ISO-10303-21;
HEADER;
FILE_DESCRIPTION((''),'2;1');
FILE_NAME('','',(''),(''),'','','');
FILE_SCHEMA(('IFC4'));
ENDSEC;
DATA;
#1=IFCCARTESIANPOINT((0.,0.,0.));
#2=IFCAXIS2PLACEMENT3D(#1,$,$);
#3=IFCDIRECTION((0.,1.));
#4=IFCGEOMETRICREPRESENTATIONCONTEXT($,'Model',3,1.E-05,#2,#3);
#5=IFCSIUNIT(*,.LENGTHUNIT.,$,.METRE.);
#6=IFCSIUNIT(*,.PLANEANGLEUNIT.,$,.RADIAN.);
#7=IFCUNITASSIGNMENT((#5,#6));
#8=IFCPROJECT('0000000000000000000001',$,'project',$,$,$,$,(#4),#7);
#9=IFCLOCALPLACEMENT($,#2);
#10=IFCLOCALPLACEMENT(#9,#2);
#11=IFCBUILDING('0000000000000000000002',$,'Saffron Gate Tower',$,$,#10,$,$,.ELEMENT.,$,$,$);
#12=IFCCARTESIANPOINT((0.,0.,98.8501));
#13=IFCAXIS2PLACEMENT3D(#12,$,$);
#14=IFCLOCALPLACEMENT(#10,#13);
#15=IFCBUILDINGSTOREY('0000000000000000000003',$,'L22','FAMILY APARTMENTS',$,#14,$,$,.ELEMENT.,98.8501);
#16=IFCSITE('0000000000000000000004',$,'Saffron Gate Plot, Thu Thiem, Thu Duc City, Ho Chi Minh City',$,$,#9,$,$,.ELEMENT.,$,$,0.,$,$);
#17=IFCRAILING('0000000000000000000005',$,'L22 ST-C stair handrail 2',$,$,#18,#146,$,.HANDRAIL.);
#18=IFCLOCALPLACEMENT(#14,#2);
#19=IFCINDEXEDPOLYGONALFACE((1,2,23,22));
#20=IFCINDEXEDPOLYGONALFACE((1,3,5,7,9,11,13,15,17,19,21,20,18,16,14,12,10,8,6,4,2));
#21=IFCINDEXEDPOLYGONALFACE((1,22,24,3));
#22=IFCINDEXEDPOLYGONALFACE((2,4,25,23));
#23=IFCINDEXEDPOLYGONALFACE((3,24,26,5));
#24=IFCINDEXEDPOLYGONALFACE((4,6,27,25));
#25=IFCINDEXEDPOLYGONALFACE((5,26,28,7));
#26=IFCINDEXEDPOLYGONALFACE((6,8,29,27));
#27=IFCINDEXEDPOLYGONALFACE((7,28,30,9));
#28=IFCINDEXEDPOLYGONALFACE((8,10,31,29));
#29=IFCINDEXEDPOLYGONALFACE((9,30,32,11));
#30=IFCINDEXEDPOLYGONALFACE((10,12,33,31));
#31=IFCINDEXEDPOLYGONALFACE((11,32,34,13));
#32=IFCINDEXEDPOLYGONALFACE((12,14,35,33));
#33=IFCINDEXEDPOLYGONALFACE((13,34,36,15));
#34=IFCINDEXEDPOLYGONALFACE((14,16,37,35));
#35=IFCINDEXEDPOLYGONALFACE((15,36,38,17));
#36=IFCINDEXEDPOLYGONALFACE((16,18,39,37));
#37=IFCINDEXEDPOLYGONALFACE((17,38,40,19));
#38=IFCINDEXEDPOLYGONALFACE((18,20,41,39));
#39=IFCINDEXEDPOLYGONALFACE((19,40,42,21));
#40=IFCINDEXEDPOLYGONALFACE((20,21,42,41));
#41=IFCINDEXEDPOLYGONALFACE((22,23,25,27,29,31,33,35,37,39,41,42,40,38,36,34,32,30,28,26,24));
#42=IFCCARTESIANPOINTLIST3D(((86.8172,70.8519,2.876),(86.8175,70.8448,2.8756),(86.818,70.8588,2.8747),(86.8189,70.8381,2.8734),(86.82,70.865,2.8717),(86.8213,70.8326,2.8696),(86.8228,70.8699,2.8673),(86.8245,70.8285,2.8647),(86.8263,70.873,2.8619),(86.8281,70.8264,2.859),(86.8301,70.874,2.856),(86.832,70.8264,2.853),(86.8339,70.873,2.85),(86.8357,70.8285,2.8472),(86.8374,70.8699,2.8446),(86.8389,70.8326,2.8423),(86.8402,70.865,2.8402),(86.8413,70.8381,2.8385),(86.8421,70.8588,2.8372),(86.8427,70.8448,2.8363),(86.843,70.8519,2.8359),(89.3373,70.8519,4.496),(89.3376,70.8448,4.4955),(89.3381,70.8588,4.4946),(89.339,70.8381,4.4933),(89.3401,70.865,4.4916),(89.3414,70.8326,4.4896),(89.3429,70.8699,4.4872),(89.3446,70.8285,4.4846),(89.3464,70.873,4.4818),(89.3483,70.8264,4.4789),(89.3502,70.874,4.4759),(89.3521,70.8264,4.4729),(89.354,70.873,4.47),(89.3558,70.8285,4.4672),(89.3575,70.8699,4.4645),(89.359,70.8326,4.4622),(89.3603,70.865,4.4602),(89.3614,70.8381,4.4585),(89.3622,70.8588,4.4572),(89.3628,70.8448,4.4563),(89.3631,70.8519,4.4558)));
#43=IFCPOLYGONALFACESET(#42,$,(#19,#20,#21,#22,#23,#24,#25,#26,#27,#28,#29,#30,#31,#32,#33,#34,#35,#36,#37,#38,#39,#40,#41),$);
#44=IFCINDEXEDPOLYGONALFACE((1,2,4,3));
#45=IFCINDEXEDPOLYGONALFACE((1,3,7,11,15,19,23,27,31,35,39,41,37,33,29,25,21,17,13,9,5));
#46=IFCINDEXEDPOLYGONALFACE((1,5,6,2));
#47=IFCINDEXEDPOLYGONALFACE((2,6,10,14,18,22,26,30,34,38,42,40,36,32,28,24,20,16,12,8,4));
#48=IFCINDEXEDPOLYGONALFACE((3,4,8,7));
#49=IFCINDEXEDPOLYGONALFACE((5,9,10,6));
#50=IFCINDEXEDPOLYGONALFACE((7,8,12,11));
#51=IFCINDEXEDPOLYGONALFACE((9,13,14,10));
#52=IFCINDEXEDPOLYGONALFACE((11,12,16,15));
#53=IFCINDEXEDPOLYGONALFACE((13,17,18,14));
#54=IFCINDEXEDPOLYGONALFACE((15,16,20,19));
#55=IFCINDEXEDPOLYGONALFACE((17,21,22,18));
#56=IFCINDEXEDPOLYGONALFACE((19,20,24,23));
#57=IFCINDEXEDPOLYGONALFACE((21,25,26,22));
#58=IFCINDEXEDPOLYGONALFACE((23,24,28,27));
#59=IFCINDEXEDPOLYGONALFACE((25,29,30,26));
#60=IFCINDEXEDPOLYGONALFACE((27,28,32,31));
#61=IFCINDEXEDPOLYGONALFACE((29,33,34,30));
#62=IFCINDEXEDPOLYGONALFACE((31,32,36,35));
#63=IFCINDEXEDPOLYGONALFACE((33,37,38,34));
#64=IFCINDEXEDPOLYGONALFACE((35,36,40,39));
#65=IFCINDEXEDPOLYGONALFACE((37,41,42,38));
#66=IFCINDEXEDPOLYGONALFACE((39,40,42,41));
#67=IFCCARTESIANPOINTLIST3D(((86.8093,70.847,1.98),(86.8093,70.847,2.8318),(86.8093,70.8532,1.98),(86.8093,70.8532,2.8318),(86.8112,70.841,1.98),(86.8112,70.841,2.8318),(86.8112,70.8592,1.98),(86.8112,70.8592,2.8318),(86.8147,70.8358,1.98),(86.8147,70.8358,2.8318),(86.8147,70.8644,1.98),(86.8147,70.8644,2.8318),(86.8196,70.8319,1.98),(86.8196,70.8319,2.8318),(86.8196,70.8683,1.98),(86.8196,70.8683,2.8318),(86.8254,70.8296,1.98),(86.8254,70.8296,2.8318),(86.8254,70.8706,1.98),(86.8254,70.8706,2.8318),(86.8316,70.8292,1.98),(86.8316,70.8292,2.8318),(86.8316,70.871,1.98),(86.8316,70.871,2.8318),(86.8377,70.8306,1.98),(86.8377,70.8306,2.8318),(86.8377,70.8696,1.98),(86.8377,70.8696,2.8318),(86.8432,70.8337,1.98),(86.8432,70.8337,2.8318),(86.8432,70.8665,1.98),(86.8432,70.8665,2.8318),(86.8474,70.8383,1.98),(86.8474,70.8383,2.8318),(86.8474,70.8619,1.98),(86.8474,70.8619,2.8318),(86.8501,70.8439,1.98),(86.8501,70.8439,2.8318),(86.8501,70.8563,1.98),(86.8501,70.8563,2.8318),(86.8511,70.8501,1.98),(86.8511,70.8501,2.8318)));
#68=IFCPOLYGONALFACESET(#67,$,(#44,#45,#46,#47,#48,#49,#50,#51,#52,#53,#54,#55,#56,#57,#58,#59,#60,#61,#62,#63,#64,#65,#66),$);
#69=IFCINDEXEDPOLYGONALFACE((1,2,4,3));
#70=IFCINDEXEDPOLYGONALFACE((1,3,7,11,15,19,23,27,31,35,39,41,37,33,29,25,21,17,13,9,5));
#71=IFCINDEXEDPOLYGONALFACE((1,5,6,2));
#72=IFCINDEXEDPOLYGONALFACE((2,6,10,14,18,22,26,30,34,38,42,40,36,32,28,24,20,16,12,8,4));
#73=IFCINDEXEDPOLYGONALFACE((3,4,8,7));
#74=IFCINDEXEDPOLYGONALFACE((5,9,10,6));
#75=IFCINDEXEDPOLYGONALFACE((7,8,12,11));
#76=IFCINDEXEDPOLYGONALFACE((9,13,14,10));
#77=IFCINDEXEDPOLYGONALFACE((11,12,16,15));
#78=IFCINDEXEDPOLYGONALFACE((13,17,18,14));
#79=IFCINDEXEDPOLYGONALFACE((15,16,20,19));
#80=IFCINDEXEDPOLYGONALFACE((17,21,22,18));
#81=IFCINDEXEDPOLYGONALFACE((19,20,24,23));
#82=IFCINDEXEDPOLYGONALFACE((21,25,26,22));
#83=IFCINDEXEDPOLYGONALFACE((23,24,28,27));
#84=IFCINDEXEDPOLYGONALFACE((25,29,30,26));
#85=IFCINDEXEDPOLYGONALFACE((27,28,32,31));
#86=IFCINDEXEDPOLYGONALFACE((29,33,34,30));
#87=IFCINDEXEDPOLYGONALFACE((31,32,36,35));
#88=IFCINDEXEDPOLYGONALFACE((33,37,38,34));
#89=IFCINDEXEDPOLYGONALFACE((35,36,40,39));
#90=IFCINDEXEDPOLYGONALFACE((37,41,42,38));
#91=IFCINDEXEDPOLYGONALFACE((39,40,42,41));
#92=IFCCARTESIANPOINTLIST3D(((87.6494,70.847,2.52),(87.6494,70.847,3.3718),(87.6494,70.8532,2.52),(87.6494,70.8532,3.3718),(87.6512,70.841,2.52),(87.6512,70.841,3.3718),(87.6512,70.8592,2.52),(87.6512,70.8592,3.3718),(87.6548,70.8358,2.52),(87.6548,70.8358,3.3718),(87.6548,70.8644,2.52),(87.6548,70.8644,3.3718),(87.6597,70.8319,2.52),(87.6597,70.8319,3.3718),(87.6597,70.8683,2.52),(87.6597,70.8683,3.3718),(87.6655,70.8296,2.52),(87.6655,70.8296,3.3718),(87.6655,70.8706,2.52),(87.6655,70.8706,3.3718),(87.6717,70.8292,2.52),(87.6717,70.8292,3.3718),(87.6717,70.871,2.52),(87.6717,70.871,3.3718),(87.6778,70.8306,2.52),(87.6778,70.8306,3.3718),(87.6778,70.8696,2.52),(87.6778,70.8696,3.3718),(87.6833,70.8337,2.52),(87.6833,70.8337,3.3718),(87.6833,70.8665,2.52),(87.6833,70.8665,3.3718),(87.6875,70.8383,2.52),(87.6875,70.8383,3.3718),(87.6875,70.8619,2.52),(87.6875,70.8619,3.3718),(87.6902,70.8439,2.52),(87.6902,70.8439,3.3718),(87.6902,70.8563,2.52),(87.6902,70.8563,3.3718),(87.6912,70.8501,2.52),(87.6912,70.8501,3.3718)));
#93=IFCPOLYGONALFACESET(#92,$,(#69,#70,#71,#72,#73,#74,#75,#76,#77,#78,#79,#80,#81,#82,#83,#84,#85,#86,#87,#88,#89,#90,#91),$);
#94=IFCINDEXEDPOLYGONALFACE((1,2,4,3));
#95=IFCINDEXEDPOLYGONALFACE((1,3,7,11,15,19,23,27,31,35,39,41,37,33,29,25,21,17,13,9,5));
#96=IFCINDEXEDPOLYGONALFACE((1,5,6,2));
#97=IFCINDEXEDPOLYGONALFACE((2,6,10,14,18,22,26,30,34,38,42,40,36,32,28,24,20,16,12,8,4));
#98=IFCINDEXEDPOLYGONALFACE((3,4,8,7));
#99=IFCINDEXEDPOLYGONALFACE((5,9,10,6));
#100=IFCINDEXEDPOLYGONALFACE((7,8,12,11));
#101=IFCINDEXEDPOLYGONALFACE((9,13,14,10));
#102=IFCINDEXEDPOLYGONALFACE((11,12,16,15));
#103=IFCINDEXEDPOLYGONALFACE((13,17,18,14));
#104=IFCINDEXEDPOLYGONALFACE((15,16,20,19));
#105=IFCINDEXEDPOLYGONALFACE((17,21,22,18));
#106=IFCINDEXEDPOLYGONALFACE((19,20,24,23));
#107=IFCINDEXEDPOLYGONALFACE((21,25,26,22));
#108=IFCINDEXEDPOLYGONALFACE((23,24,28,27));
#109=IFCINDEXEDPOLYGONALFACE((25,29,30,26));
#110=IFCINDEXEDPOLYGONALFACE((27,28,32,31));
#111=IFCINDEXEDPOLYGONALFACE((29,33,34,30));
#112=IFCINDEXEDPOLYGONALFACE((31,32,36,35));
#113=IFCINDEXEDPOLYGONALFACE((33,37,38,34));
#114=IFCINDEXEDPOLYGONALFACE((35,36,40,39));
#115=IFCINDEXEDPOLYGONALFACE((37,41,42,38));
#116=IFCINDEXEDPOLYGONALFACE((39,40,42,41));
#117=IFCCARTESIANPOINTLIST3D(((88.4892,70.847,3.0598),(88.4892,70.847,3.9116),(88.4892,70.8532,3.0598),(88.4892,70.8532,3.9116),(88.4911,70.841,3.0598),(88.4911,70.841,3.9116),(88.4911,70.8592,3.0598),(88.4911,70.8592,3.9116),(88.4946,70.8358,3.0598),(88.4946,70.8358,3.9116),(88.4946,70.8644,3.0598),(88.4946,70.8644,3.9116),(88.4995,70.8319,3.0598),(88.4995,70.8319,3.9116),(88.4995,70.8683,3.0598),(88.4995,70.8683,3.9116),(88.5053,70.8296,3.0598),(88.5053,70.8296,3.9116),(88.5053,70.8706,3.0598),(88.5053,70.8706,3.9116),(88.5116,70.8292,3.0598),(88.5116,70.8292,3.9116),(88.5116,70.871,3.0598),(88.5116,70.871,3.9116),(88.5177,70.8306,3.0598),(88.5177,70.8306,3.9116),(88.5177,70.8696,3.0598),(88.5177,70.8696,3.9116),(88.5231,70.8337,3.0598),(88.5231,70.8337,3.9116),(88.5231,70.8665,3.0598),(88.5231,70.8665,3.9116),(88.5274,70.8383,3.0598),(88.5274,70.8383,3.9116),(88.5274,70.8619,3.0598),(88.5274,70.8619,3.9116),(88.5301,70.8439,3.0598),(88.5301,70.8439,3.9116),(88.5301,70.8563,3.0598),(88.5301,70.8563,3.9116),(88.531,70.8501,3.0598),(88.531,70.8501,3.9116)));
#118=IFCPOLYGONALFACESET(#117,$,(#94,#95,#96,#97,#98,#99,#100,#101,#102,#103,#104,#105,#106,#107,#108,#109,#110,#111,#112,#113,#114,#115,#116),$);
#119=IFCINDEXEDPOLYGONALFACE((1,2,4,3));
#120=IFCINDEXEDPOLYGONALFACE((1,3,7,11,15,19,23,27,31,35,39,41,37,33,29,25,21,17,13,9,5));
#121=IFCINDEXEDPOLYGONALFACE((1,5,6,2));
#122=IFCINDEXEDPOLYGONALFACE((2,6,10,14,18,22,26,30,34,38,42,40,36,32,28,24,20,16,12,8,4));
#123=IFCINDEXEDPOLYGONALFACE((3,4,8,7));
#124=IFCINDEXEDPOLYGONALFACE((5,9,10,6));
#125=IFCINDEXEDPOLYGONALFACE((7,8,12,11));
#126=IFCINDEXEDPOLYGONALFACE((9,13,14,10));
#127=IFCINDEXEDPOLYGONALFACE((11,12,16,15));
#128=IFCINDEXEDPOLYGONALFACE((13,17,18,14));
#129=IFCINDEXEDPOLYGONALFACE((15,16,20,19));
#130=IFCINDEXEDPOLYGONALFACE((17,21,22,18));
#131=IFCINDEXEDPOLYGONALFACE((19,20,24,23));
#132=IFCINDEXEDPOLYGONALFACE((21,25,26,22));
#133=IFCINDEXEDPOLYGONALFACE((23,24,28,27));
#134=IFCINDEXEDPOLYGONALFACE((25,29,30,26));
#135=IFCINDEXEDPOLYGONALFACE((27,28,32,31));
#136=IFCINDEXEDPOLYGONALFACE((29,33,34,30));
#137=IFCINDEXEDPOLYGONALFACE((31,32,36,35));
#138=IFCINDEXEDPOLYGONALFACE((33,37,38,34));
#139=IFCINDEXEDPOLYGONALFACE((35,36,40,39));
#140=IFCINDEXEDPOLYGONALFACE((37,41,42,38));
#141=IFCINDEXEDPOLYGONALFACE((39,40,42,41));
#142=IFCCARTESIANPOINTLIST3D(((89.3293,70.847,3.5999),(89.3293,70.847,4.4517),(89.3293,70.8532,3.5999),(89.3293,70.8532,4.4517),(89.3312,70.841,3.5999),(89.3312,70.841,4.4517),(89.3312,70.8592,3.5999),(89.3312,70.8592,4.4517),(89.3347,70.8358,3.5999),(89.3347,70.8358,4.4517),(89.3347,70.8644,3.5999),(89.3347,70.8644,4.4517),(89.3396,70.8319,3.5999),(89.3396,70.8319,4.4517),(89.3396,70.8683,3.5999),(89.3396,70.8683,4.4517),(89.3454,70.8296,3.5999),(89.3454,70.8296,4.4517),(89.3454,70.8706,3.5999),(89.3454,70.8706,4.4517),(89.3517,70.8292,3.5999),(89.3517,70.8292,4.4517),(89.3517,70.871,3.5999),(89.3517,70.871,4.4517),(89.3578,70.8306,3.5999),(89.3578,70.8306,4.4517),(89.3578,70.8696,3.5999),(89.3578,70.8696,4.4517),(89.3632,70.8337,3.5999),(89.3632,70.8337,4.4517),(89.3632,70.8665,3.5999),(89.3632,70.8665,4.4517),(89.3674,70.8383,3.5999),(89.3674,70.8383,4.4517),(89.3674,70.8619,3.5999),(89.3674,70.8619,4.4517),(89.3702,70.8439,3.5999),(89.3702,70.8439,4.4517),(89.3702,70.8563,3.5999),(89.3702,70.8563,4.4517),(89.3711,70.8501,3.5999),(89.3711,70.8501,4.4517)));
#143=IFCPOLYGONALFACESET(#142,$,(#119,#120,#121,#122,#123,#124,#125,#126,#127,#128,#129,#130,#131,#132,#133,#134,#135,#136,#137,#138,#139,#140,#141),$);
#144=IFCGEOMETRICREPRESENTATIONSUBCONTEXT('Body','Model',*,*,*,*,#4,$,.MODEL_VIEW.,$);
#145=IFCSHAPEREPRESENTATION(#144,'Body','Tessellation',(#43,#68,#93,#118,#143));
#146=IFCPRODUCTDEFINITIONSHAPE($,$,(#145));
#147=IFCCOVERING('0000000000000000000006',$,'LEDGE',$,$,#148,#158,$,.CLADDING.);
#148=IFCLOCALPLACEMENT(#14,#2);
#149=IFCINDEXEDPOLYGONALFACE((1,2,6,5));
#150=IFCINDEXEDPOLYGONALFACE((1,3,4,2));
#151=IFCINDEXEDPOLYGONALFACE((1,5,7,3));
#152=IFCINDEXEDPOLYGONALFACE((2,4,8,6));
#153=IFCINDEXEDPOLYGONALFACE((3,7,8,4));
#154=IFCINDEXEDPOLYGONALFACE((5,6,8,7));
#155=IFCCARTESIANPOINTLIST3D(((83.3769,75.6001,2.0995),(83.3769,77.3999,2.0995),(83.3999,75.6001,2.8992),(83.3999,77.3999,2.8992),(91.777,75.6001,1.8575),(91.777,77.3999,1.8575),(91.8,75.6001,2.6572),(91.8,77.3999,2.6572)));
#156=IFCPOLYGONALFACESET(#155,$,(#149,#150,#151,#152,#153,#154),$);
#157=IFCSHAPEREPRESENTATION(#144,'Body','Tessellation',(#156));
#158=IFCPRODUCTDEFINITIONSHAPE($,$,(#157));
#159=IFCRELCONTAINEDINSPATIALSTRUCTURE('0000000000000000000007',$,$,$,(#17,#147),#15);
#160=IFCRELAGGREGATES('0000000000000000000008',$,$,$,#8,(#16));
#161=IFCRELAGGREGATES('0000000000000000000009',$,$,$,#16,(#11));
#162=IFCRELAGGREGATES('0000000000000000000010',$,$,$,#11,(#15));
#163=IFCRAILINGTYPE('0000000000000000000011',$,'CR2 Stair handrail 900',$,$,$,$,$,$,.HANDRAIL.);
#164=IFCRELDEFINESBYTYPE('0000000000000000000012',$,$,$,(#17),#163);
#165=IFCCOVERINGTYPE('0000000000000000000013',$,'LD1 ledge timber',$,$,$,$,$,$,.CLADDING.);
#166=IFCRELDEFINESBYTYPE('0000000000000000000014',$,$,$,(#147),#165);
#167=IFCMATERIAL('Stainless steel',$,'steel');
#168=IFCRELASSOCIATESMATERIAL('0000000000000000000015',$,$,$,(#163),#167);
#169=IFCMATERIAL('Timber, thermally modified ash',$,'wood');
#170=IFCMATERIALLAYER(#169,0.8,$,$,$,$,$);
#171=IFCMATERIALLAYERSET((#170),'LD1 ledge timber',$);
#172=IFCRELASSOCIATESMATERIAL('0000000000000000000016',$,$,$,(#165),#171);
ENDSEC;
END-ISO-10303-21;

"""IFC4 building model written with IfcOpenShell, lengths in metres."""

from ifc_helpers import new_model, si_unit, direction, frame, origin, origin_2d, place, context, subcontext, project, spatial, polyline, circle, outline, extrude, material, layer, layer_set, type_object, element, save


model = new_model("IFC4")

# Units and contexts
model_context = context("Model", 3, precision=1e-05, world=origin(), true_north=direction((0.0, 1.0)))
body_context = subcontext(model_context, "Body", "Model", "MODEL_VIEW")
ifc_project = project(units=[si_unit("LENGTHUNIT", "METRE"), si_unit("PLANEANGLEUNIT", "RADIAN")], contexts=[model_context])

# Site, building, storey
site_placement = place(None, origin())
site = spatial("IfcSite", under=ifc_project, at=site_placement, Name="Saffron Gate Plot, Thu Thiem, Thu Duc City, Ho Chi Minh City", CompositionType="ELEMENT", RefElevation=0.0)
building_placement = place(site_placement, origin())
building = spatial("IfcBuilding", under=site, at=building_placement, Name="Saffron Gate Tower", CompositionType="ELEMENT")
storey_placement = place(building_placement, frame((0.0, 0.0, 98.8501)))
storey = spatial("IfcBuildingStorey", under=building, at=storey_placement, Name="L22", Description="FAMILY APARTMENTS", CompositionType="ELEMENT", Elevation=98.8501)

# Railing
ifc_material_1 = material(Name="Stainless steel", Category="steel")
railing_type_1 = type_object("IfcRailingType", Name="CR2 Stair handrail 900", PredefinedType="HANDRAIL", material=ifc_material_1)
railing_1_placement = place(storey_placement, frame((86.8301, 70.8501, 1.98)))
element("IfcRailing", 1, at=railing_1_placement, inside=storey, type_object=railing_type_1, Name="L22 ST-C stair handrail 2", PredefinedType="HANDRAIL", context=body_context, shape_type="SweptSolid", body=[
    extrude(circle(Radius=0.0239, at=origin_2d()), frame((0.0, 0.0, 0.876), z_axis=(0.8412, 0.0, 0.540725), x_axis=(0.0, 1.0, 0.0)), (0.0, 0.0, 1.0), 2.9958),
    extrude(circle(Radius=0.021, at=origin_2d()), origin(), (0.0, 0.0, 1.0), 0.8518),
    extrude(circle(Radius=0.021, at=origin_2d()), frame((0.8401, 0.0, 0.54)), (0.0, 0.0, 1.0), 0.8518),
    extrude(circle(Radius=0.021, at=origin_2d()), frame((1.6799, 0.0, 1.0798)), (0.0, 0.0, 1.0), 0.8518),
    extrude(circle(Radius=0.021, at=origin_2d()), frame((2.52, 0.0, 1.6199)), (0.0, 0.0, 1.0), 0.8518),
])

# Covering
ifc_material_2 = material(Name="Timber, thermally modified ash", Category="wood")
ifc_layer_1 = layer(ifc_material_2, 0.8)
ifc_layer_set_1 = layer_set([ifc_layer_1], Name="LD1 ledge timber")
covering_type = type_object("IfcCoveringType", Name="LD1 ledge timber", PredefinedType="CLADDING", material=ifc_layer_set_1)
covering_placement = place(storey_placement, frame((91.8, 75.6001, 2.6572), z_axis=(0.02879, 0.0, 0.999585), x_axis=(-0.999585, 0.0, 0.02879)))
element("IfcCovering", 2, at=covering_placement, inside=storey, type_object=covering_type, Name="LEDGE", PredefinedType="CLADDING", context=body_context, shape_type="SweptSolid", body=[
    extrude(outline(polyline([(0.0, 0.0), (8.4036, 0.0), (8.4036, -1.7998), (0.0, -1.7998), (0.0, 0.0)])), origin(), (0.0, 0.0, -1.0), 0.8),
])

save(model, "model.ifc")
